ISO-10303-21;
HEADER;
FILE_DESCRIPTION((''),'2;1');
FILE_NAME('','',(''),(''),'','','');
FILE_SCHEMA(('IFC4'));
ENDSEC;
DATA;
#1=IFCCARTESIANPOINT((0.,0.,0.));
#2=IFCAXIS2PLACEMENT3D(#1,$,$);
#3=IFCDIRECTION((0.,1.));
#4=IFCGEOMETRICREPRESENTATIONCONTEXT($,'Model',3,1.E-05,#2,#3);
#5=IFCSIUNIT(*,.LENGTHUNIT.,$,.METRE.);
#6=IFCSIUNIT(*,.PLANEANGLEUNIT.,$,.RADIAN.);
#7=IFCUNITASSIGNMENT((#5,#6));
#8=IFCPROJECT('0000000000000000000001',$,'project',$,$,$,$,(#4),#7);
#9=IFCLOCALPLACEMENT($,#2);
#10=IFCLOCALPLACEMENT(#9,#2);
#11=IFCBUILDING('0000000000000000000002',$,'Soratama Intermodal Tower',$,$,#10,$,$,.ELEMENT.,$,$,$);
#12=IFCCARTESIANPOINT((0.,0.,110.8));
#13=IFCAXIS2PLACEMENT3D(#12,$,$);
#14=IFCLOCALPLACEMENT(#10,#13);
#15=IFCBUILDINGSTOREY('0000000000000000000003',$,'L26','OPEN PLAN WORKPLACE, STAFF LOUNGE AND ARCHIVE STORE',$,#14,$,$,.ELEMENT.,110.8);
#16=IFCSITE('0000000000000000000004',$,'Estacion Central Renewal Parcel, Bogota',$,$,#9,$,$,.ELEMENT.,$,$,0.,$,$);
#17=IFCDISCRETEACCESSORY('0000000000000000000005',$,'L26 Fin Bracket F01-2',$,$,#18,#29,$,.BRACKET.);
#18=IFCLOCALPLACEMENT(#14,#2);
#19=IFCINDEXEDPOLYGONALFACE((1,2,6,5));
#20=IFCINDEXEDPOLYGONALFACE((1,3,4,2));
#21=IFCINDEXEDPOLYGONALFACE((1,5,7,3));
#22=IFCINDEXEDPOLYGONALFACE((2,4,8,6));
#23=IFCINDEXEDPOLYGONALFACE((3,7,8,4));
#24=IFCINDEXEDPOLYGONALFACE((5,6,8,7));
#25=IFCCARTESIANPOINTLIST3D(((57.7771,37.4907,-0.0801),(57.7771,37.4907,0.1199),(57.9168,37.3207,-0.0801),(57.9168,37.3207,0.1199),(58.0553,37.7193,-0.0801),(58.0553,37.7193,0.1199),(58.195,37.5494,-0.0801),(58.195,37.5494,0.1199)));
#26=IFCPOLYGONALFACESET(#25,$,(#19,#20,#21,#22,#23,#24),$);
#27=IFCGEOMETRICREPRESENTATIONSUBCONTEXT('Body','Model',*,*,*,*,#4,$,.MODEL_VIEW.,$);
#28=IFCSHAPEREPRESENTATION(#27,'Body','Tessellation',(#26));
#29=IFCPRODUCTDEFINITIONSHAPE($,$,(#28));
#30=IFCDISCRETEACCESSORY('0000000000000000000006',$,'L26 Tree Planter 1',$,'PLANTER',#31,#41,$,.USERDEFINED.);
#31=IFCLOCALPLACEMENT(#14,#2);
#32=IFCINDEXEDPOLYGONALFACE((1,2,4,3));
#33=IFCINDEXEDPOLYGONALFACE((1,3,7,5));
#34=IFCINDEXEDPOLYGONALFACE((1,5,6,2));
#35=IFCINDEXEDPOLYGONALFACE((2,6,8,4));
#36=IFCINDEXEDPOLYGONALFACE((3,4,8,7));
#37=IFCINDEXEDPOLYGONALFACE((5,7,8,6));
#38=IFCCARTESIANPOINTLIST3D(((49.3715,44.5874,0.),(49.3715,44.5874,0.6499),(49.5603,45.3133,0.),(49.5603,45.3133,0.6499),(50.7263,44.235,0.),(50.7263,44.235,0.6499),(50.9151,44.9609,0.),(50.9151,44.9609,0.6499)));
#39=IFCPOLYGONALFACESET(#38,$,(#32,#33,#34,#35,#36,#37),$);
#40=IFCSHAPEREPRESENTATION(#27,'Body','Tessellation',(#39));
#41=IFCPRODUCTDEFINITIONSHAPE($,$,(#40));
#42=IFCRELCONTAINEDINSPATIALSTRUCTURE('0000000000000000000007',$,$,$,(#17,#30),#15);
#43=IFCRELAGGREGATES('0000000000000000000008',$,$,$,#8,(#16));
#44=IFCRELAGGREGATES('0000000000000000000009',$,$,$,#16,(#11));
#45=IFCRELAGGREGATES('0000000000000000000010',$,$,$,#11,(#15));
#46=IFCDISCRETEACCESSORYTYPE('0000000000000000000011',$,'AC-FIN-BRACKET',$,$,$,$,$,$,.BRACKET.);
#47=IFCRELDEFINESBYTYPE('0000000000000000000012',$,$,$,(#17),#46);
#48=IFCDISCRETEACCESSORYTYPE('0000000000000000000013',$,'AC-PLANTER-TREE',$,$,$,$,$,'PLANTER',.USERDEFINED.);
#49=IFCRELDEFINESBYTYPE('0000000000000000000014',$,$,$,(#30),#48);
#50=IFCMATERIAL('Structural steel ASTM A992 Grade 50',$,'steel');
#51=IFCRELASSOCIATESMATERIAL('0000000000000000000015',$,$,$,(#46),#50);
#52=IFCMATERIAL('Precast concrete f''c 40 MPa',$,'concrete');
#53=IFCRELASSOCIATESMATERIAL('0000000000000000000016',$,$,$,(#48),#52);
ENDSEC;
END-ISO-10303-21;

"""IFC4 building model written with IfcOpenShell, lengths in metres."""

from ifc_helpers import new_model, si_unit, direction, frame, origin, origin_2d, place, context, subcontext, project, spatial, rectangle, extrude, material, type_object, element, save


model = new_model("IFC4")

# Units and contexts
model_context = context("Model", 3, precision=1e-05, world=origin(), true_north=direction((0.0, 1.0)))
body_context = subcontext(model_context, "Body", "Model", "MODEL_VIEW")
ifc_project = project(units=[si_unit("LENGTHUNIT", "METRE"), si_unit("PLANEANGLEUNIT", "RADIAN")], contexts=[model_context])

# Site, building, storey
site_placement = place(None, origin())
site = spatial("IfcSite", under=ifc_project, at=site_placement, Name="Estacion Central Renewal Parcel, Bogota", CompositionType="ELEMENT", RefElevation=0.0)
building_placement = place(site_placement, origin())
building = spatial("IfcBuilding", under=site, at=building_placement, Name="Soratama Intermodal Tower", CompositionType="ELEMENT")
storey_placement = place(building_placement, frame((0.0, 0.0, 110.8)))
storey = spatial("IfcBuildingStorey", under=building, at=storey_placement, Name="L26", Description="OPEN PLAN WORKPLACE, STAFF LOUNGE AND ARCHIVE STORE", CompositionType="ELEMENT", Elevation=110.8)

# Discrete accessories
ifc_material_1 = material(Name="Structural steel ASTM A992 Grade 50", Category="steel")
discrete_accessory_type_1 = type_object("IfcDiscreteAccessoryType", Name="AC-FIN-BRACKET", PredefinedType="BRACKET", material=ifc_material_1)
for number, where, z_axis, x_axis, name in (
    (1, (57.9861, 37.52, -0.0801), (0.0, 0.0, 1.0), (0.772512, 0.635, 0.0), "L26 Fin Bracket F01-2"),
):
    element("IfcDiscreteAccessory", number, at=place(storey_placement, frame(where, z_axis=z_axis, x_axis=x_axis)), inside=storey, type_object=discrete_accessory_type_1, Name=name, PredefinedType="BRACKET", context=body_context, shape_type="SweptSolid", body=[
        extrude(rectangle(XDim=0.3601, YDim=0.22, at=origin_2d()), origin(), (0.0, 0.0, 1.0), 0.2),
    ])
ifc_material_2 = material(Name="Precast concrete f'c 40 MPa", Category="concrete")
discrete_accessory_type_2 = type_object("IfcDiscreteAccessoryType", Name="AC-PLANTER-TREE", ElementType="PLANTER", PredefinedType="USERDEFINED", material=ifc_material_2)
discrete_accessory_placement = place(storey_placement, frame((50.1433, 44.7742, 0.0), z_axis=(0.0, 0.0, 1.0), x_axis=(0.251732, 0.967797, 0.0)))
element("IfcDiscreteAccessory", 2, at=discrete_accessory_placement, inside=storey, type_object=discrete_accessory_type_2, Name="L26 Tree Planter 1", ObjectType="PLANTER", PredefinedType="USERDEFINED", context=body_context, shape_type="SweptSolid", body=[
    extrude(rectangle(XDim=0.75, YDim=1.3999, at=origin_2d()), origin(), (0.0, 0.0, 1.0), 0.6499),
])

save(model, "model.ifc")
